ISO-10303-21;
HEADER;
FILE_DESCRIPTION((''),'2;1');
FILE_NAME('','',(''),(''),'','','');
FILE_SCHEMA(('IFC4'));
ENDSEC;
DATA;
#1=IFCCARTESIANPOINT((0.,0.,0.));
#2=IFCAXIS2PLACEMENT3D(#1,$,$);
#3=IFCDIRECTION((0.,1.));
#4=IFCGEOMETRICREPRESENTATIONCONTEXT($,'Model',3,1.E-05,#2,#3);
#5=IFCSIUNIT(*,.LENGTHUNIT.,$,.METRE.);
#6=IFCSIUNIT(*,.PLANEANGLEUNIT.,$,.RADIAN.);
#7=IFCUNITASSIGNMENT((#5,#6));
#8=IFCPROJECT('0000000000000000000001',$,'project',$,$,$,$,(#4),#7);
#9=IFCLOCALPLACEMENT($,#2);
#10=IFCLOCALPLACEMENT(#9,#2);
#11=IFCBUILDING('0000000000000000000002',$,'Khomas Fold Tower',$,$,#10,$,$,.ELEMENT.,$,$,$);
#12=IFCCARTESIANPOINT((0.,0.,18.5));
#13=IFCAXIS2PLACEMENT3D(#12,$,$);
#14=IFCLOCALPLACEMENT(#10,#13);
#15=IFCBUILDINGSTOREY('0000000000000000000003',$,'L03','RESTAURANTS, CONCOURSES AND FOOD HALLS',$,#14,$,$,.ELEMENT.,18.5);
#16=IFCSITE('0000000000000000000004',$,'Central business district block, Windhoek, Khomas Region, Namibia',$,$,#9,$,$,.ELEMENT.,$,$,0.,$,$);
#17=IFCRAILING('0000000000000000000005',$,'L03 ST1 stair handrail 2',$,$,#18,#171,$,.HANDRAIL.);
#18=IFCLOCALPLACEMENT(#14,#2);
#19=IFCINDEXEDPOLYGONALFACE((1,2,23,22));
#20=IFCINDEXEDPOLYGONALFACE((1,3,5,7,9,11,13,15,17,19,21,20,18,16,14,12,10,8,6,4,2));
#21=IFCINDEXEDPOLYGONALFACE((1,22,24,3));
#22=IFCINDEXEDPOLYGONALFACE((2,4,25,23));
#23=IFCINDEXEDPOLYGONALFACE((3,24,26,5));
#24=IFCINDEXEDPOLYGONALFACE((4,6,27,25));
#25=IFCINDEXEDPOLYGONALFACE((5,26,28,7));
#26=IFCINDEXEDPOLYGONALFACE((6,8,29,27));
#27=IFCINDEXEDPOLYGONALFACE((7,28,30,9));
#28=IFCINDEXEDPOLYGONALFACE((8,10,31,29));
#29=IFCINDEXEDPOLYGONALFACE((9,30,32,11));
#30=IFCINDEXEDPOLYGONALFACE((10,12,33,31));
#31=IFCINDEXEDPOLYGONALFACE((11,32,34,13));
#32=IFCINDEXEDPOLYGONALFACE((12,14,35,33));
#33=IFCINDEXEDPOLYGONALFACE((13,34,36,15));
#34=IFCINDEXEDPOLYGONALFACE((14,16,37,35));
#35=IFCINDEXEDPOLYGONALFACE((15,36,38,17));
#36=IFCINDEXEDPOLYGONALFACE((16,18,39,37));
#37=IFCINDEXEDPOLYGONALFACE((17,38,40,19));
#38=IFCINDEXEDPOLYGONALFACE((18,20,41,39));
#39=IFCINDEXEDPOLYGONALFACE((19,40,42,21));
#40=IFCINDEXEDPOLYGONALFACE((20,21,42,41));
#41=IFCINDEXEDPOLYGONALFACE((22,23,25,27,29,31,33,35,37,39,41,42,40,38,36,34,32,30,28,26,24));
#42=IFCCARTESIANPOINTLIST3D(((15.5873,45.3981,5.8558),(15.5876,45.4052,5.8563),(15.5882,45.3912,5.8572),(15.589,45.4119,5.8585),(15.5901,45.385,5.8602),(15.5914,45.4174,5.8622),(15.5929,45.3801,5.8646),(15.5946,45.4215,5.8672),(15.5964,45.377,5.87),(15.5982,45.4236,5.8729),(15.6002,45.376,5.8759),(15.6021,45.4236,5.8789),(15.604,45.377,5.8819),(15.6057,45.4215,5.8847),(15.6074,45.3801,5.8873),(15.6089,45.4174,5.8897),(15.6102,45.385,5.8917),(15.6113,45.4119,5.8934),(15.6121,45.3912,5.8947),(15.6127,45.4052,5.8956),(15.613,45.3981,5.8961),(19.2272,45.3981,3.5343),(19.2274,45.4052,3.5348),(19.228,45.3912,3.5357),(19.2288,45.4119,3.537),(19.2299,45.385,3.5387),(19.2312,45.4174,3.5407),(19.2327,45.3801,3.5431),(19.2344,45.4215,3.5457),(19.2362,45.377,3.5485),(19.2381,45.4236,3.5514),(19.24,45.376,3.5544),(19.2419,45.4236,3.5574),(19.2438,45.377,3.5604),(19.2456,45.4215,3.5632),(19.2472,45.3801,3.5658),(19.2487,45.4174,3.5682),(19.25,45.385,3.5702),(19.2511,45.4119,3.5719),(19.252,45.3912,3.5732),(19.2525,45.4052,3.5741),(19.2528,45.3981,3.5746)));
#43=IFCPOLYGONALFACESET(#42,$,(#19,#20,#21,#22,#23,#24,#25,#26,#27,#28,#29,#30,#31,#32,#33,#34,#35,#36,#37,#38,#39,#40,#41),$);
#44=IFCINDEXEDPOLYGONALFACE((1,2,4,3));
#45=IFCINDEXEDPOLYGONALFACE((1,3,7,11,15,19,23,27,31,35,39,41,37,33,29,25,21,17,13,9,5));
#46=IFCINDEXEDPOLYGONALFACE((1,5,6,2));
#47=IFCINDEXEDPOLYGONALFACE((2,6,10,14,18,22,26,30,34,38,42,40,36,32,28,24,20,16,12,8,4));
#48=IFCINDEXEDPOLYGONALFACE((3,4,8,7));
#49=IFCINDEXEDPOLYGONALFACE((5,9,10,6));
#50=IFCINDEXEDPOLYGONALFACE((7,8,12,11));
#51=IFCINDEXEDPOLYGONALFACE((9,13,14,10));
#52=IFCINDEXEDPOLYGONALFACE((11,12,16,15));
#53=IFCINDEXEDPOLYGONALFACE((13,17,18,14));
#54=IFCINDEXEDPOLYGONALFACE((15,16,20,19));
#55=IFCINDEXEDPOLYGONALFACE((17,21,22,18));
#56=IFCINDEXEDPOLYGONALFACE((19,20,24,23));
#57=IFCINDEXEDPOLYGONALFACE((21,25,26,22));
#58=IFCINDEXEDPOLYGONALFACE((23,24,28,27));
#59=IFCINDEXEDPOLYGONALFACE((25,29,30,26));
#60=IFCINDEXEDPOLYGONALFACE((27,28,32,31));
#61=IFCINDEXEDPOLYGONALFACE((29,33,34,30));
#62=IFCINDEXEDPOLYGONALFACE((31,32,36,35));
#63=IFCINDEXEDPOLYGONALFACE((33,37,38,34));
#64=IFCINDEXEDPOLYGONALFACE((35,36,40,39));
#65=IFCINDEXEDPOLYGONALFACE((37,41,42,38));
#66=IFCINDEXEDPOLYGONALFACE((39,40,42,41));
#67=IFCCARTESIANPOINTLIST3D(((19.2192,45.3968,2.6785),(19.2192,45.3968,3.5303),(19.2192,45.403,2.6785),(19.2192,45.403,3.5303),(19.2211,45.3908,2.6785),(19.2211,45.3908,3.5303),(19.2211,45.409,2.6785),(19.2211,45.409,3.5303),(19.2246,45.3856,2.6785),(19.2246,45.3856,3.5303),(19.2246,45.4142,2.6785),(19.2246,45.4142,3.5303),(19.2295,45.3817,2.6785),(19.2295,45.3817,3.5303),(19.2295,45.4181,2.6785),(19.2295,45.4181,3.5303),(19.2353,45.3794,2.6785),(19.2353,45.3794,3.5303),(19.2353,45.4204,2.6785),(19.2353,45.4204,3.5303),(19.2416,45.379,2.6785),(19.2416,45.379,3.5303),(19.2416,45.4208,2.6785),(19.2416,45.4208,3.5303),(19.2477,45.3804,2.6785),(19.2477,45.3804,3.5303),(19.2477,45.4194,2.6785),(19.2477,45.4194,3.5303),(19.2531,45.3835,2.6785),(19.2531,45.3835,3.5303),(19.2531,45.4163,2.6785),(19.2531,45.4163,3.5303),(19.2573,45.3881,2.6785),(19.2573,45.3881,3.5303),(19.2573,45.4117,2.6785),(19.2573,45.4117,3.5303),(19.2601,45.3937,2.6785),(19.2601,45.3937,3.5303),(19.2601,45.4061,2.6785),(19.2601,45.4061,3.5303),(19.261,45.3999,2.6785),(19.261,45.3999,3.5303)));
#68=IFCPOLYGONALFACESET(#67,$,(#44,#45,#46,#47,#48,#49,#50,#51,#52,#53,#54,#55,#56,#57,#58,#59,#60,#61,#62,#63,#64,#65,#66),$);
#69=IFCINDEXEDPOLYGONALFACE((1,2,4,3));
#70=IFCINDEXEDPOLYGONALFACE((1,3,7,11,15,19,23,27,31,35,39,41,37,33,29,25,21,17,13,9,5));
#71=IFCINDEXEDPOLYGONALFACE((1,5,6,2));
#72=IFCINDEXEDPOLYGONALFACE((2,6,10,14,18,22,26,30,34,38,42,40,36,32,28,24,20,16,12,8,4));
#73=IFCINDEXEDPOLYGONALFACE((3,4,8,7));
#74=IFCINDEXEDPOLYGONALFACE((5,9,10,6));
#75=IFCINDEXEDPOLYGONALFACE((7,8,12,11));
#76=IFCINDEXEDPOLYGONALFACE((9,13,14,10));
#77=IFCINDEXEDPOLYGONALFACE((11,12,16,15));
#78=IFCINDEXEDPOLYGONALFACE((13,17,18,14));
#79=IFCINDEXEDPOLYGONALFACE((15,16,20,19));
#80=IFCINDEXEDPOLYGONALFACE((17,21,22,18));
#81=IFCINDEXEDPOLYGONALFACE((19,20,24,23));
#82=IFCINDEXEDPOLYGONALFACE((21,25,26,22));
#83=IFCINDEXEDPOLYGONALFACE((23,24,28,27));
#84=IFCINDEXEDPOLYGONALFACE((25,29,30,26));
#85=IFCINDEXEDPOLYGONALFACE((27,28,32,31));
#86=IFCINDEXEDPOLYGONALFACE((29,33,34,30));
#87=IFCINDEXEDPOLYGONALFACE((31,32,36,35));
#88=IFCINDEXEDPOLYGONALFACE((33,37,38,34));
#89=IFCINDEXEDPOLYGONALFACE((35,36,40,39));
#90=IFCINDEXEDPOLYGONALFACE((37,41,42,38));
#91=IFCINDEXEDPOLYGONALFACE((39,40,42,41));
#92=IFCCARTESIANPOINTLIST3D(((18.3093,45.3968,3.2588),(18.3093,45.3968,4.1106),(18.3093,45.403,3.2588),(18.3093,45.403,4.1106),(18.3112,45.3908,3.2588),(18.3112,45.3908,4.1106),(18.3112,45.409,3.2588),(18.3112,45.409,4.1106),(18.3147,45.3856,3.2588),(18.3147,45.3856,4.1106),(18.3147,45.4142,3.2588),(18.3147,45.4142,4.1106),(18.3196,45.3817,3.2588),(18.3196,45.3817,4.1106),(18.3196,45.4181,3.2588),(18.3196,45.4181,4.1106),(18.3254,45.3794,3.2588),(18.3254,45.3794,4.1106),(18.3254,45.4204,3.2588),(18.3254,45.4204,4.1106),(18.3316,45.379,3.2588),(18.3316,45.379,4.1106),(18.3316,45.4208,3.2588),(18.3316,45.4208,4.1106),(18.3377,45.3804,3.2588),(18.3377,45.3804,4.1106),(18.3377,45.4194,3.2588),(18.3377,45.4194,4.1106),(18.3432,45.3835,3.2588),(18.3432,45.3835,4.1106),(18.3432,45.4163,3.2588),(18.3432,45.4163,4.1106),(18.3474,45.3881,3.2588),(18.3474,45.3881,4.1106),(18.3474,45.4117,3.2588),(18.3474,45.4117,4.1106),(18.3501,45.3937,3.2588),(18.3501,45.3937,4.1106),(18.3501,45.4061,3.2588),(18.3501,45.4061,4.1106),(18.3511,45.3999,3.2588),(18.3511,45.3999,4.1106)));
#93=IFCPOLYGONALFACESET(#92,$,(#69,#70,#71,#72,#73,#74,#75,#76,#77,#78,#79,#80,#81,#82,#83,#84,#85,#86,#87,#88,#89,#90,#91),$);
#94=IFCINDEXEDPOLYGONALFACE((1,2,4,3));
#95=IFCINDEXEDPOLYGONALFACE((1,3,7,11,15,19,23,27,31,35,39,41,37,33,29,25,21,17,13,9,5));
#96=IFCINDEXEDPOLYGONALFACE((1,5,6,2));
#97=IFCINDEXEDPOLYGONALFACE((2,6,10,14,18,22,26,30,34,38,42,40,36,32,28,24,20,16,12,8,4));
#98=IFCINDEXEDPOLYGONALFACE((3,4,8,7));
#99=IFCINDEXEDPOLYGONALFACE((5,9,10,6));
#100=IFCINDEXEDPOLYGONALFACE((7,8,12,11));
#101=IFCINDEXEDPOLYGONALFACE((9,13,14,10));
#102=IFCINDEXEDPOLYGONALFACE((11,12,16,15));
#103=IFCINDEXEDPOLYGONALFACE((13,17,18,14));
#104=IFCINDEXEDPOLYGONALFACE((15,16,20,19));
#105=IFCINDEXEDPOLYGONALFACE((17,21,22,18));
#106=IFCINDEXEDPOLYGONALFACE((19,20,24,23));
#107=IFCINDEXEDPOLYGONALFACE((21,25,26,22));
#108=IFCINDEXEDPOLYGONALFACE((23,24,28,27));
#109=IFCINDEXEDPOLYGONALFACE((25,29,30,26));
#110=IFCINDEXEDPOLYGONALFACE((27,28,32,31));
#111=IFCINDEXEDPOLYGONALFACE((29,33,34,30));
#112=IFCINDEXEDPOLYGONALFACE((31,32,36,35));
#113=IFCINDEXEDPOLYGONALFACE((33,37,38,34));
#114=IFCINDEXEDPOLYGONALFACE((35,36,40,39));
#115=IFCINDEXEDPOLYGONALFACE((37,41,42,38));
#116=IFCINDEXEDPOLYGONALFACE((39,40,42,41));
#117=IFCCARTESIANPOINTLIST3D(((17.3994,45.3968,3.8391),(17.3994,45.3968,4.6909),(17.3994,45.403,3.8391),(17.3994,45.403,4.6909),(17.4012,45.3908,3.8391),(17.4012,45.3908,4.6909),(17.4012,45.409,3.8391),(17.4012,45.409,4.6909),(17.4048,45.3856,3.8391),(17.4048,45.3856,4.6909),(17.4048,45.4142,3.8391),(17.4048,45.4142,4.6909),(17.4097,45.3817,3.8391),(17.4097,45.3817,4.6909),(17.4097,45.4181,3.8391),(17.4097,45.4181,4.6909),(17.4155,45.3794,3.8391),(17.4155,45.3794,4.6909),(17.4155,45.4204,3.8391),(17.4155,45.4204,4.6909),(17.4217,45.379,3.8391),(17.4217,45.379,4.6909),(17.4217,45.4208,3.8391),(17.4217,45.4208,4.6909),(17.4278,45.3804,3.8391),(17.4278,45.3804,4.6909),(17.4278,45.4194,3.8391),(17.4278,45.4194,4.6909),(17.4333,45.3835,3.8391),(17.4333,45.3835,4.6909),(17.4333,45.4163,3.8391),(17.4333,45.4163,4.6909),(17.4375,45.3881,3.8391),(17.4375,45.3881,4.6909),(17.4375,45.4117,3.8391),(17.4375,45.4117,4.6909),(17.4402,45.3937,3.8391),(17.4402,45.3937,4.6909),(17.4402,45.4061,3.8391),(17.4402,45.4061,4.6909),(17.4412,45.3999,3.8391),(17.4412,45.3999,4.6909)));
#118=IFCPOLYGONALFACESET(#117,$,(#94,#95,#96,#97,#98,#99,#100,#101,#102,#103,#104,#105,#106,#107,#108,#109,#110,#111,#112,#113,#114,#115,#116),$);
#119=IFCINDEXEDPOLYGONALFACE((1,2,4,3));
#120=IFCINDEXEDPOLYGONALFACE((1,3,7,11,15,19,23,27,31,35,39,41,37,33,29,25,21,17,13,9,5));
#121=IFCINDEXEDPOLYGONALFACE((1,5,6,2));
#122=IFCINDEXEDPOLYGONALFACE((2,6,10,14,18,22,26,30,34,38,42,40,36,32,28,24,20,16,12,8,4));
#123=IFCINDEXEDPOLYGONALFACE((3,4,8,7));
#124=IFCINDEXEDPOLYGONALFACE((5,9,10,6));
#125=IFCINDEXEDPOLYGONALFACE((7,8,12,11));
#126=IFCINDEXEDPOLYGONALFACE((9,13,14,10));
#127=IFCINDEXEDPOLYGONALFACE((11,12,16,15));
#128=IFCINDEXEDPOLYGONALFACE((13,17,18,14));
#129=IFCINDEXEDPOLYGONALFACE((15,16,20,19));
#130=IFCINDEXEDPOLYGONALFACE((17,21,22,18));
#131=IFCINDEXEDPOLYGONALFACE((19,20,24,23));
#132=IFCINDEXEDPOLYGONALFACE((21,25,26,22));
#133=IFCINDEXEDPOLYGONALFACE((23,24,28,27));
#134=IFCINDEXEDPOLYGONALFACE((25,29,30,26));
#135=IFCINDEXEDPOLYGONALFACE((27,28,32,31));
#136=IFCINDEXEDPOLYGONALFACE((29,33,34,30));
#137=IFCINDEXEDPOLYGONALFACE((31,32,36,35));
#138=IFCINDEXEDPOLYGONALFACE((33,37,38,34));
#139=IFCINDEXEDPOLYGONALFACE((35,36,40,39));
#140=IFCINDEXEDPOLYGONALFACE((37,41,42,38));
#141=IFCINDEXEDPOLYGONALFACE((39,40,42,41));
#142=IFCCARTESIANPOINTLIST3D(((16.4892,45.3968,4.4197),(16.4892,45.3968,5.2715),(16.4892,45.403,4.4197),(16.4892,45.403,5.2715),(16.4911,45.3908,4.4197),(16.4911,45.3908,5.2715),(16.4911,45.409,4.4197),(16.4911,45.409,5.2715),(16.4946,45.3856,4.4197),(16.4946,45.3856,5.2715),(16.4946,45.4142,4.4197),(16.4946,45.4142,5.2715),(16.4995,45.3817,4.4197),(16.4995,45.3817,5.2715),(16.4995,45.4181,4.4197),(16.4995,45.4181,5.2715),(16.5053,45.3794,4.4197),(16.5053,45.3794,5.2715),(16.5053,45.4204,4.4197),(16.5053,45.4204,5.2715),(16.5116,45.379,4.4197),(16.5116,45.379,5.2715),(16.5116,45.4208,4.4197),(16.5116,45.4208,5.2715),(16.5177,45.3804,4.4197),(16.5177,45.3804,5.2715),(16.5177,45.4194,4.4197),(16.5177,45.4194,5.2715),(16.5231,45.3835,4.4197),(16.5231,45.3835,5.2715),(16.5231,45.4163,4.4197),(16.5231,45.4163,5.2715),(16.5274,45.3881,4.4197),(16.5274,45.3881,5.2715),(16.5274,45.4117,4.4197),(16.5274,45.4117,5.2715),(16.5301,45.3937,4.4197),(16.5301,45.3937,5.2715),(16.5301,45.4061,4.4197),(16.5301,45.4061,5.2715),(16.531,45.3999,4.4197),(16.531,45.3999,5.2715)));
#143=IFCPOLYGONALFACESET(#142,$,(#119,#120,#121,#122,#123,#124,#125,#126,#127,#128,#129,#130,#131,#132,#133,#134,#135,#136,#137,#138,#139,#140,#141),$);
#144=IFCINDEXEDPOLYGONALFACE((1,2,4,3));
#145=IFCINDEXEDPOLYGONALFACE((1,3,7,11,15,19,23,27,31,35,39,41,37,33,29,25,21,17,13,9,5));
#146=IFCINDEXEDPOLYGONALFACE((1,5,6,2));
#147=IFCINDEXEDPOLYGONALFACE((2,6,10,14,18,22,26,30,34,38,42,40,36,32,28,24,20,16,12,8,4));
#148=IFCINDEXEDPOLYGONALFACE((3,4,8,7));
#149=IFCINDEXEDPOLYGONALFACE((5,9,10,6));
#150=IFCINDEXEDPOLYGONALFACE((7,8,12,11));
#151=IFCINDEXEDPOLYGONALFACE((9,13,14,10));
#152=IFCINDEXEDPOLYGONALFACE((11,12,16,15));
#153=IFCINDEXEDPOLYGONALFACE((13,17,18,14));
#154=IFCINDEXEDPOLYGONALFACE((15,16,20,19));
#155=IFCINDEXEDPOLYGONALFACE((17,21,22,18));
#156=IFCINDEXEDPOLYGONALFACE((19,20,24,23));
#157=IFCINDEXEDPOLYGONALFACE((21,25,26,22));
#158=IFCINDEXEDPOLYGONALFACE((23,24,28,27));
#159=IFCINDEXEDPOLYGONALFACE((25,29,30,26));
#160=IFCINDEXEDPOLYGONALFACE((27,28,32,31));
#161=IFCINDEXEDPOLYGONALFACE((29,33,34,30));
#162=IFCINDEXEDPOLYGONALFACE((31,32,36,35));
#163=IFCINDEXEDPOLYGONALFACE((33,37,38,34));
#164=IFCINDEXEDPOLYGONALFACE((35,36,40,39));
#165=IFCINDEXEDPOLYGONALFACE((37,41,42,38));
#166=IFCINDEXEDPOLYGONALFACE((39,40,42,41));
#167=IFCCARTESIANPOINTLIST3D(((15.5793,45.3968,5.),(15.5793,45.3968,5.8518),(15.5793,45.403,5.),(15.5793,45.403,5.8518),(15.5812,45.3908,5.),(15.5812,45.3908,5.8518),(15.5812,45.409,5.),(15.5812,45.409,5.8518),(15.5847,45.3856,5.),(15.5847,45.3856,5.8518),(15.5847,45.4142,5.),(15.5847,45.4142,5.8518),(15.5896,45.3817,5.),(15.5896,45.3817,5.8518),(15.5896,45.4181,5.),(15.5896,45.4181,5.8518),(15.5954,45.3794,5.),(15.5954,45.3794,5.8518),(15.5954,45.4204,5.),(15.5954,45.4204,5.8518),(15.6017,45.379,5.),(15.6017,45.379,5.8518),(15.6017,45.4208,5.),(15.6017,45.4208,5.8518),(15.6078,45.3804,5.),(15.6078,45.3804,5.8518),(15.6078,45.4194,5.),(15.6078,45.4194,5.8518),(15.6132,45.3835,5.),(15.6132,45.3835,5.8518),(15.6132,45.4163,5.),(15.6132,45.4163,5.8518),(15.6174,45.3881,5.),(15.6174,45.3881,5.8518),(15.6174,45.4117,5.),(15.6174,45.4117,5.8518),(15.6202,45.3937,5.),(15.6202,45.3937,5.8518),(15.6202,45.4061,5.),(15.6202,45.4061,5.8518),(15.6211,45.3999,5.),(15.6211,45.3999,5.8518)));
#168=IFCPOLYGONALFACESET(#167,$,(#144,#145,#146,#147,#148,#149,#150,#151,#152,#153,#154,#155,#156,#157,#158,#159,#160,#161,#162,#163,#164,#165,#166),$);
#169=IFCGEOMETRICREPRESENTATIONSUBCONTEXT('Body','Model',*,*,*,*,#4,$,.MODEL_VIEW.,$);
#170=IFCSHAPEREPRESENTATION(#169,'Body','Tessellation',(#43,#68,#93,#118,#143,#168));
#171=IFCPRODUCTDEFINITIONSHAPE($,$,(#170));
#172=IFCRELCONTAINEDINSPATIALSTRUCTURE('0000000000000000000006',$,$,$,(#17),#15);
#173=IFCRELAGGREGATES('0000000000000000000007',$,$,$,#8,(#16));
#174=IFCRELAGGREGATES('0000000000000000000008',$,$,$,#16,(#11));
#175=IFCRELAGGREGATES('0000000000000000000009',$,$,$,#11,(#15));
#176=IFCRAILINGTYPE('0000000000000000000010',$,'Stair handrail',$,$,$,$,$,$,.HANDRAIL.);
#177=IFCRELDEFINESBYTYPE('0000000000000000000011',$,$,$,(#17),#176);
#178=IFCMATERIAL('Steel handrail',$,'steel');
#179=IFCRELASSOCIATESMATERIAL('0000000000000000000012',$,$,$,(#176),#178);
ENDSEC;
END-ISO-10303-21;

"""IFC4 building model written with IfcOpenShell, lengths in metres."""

from ifc_helpers import new_model, si_unit, direction, frame, origin, origin_2d, place, context, subcontext, project, spatial, circle, extrude, source, transform, mapped, material, type_object, element, save


model = new_model("IFC4")

# Units and contexts
model_context = context("Model", 3, precision=1e-05, world=origin(), true_north=direction((0.0, 1.0)))
body_context = subcontext(model_context, "Body", "Model", "MODEL_VIEW")
ifc_project = project(units=[si_unit("LENGTHUNIT", "METRE"), si_unit("PLANEANGLEUNIT", "RADIAN")], contexts=[model_context])

# Site, building, storey
site_placement = place(None, origin())
site = spatial("IfcSite", under=ifc_project, at=site_placement, Name="Central business district block, Windhoek, Khomas Region, Namibia", CompositionType="ELEMENT", RefElevation=0.0)
building_placement = place(site_placement, origin())
building = spatial("IfcBuilding", under=site, at=building_placement, Name="Khomas Fold Tower", CompositionType="ELEMENT")
storey_placement = place(building_placement, frame((0.0, 0.0, 18.5)))
storey = spatial("IfcBuildingStorey", under=building, at=storey_placement, Name="L03", Description="RESTAURANTS, CONCOURSES AND FOOD HALLS", CompositionType="ELEMENT", Elevation=18.5)

# Railing
ifc_material_1 = material(Name="Steel handrail", Category="steel")
railing_type_1 = type_object("IfcRailingType", Name="Stair handrail", PredefinedType="HANDRAIL", material=ifc_material_1)
shared_shape_1 = source(origin(), body_context, "Body", "SweptSolid", [
    extrude(circle(Radius=0.0239, at=origin_2d()), frame((0.0, 0.0, 0.876), z_axis=(-0.843112, 0.0, 0.537739), x_axis=(0.0, -1.0, 0.0)), (0.0, 0.0, 1.0), 4.3171),
    extrude(circle(Radius=0.021, at=origin_2d()), origin(), (0.0, 0.0, 1.0), 0.8518),
    extrude(circle(Radius=0.021, at=origin_2d()), frame((-0.9099, 0.0, 0.5803)), (0.0, 0.0, 1.0), 0.8518),
    extrude(circle(Radius=0.021, at=origin_2d()), frame((-1.8198, 0.0, 1.1606)), (0.0, 0.0, 1.0), 0.8518),
    extrude(circle(Radius=0.021, at=origin_2d()), frame((-2.73, 0.0, 1.7412)), (0.0, 0.0, 1.0), 0.8518),
    extrude(circle(Radius=0.021, at=origin_2d()), frame((-3.6399, 0.0, 2.3215)), (0.0, 0.0, 1.0), 0.8518),
])
railing_1_placement = place(storey_placement, frame((19.24, 45.3999, 2.6785)))
element("IfcRailing", 1, at=railing_1_placement, inside=storey, type_object=railing_type_1, Name="L03 ST1 stair handrail 2", PredefinedType="HANDRAIL", context=body_context, shape_type="MappedRepresentation", body=[
    mapped(shared_shape_1, transform((0.0, 0.0, 0.0))),
])

save(model, "model.ifc")
